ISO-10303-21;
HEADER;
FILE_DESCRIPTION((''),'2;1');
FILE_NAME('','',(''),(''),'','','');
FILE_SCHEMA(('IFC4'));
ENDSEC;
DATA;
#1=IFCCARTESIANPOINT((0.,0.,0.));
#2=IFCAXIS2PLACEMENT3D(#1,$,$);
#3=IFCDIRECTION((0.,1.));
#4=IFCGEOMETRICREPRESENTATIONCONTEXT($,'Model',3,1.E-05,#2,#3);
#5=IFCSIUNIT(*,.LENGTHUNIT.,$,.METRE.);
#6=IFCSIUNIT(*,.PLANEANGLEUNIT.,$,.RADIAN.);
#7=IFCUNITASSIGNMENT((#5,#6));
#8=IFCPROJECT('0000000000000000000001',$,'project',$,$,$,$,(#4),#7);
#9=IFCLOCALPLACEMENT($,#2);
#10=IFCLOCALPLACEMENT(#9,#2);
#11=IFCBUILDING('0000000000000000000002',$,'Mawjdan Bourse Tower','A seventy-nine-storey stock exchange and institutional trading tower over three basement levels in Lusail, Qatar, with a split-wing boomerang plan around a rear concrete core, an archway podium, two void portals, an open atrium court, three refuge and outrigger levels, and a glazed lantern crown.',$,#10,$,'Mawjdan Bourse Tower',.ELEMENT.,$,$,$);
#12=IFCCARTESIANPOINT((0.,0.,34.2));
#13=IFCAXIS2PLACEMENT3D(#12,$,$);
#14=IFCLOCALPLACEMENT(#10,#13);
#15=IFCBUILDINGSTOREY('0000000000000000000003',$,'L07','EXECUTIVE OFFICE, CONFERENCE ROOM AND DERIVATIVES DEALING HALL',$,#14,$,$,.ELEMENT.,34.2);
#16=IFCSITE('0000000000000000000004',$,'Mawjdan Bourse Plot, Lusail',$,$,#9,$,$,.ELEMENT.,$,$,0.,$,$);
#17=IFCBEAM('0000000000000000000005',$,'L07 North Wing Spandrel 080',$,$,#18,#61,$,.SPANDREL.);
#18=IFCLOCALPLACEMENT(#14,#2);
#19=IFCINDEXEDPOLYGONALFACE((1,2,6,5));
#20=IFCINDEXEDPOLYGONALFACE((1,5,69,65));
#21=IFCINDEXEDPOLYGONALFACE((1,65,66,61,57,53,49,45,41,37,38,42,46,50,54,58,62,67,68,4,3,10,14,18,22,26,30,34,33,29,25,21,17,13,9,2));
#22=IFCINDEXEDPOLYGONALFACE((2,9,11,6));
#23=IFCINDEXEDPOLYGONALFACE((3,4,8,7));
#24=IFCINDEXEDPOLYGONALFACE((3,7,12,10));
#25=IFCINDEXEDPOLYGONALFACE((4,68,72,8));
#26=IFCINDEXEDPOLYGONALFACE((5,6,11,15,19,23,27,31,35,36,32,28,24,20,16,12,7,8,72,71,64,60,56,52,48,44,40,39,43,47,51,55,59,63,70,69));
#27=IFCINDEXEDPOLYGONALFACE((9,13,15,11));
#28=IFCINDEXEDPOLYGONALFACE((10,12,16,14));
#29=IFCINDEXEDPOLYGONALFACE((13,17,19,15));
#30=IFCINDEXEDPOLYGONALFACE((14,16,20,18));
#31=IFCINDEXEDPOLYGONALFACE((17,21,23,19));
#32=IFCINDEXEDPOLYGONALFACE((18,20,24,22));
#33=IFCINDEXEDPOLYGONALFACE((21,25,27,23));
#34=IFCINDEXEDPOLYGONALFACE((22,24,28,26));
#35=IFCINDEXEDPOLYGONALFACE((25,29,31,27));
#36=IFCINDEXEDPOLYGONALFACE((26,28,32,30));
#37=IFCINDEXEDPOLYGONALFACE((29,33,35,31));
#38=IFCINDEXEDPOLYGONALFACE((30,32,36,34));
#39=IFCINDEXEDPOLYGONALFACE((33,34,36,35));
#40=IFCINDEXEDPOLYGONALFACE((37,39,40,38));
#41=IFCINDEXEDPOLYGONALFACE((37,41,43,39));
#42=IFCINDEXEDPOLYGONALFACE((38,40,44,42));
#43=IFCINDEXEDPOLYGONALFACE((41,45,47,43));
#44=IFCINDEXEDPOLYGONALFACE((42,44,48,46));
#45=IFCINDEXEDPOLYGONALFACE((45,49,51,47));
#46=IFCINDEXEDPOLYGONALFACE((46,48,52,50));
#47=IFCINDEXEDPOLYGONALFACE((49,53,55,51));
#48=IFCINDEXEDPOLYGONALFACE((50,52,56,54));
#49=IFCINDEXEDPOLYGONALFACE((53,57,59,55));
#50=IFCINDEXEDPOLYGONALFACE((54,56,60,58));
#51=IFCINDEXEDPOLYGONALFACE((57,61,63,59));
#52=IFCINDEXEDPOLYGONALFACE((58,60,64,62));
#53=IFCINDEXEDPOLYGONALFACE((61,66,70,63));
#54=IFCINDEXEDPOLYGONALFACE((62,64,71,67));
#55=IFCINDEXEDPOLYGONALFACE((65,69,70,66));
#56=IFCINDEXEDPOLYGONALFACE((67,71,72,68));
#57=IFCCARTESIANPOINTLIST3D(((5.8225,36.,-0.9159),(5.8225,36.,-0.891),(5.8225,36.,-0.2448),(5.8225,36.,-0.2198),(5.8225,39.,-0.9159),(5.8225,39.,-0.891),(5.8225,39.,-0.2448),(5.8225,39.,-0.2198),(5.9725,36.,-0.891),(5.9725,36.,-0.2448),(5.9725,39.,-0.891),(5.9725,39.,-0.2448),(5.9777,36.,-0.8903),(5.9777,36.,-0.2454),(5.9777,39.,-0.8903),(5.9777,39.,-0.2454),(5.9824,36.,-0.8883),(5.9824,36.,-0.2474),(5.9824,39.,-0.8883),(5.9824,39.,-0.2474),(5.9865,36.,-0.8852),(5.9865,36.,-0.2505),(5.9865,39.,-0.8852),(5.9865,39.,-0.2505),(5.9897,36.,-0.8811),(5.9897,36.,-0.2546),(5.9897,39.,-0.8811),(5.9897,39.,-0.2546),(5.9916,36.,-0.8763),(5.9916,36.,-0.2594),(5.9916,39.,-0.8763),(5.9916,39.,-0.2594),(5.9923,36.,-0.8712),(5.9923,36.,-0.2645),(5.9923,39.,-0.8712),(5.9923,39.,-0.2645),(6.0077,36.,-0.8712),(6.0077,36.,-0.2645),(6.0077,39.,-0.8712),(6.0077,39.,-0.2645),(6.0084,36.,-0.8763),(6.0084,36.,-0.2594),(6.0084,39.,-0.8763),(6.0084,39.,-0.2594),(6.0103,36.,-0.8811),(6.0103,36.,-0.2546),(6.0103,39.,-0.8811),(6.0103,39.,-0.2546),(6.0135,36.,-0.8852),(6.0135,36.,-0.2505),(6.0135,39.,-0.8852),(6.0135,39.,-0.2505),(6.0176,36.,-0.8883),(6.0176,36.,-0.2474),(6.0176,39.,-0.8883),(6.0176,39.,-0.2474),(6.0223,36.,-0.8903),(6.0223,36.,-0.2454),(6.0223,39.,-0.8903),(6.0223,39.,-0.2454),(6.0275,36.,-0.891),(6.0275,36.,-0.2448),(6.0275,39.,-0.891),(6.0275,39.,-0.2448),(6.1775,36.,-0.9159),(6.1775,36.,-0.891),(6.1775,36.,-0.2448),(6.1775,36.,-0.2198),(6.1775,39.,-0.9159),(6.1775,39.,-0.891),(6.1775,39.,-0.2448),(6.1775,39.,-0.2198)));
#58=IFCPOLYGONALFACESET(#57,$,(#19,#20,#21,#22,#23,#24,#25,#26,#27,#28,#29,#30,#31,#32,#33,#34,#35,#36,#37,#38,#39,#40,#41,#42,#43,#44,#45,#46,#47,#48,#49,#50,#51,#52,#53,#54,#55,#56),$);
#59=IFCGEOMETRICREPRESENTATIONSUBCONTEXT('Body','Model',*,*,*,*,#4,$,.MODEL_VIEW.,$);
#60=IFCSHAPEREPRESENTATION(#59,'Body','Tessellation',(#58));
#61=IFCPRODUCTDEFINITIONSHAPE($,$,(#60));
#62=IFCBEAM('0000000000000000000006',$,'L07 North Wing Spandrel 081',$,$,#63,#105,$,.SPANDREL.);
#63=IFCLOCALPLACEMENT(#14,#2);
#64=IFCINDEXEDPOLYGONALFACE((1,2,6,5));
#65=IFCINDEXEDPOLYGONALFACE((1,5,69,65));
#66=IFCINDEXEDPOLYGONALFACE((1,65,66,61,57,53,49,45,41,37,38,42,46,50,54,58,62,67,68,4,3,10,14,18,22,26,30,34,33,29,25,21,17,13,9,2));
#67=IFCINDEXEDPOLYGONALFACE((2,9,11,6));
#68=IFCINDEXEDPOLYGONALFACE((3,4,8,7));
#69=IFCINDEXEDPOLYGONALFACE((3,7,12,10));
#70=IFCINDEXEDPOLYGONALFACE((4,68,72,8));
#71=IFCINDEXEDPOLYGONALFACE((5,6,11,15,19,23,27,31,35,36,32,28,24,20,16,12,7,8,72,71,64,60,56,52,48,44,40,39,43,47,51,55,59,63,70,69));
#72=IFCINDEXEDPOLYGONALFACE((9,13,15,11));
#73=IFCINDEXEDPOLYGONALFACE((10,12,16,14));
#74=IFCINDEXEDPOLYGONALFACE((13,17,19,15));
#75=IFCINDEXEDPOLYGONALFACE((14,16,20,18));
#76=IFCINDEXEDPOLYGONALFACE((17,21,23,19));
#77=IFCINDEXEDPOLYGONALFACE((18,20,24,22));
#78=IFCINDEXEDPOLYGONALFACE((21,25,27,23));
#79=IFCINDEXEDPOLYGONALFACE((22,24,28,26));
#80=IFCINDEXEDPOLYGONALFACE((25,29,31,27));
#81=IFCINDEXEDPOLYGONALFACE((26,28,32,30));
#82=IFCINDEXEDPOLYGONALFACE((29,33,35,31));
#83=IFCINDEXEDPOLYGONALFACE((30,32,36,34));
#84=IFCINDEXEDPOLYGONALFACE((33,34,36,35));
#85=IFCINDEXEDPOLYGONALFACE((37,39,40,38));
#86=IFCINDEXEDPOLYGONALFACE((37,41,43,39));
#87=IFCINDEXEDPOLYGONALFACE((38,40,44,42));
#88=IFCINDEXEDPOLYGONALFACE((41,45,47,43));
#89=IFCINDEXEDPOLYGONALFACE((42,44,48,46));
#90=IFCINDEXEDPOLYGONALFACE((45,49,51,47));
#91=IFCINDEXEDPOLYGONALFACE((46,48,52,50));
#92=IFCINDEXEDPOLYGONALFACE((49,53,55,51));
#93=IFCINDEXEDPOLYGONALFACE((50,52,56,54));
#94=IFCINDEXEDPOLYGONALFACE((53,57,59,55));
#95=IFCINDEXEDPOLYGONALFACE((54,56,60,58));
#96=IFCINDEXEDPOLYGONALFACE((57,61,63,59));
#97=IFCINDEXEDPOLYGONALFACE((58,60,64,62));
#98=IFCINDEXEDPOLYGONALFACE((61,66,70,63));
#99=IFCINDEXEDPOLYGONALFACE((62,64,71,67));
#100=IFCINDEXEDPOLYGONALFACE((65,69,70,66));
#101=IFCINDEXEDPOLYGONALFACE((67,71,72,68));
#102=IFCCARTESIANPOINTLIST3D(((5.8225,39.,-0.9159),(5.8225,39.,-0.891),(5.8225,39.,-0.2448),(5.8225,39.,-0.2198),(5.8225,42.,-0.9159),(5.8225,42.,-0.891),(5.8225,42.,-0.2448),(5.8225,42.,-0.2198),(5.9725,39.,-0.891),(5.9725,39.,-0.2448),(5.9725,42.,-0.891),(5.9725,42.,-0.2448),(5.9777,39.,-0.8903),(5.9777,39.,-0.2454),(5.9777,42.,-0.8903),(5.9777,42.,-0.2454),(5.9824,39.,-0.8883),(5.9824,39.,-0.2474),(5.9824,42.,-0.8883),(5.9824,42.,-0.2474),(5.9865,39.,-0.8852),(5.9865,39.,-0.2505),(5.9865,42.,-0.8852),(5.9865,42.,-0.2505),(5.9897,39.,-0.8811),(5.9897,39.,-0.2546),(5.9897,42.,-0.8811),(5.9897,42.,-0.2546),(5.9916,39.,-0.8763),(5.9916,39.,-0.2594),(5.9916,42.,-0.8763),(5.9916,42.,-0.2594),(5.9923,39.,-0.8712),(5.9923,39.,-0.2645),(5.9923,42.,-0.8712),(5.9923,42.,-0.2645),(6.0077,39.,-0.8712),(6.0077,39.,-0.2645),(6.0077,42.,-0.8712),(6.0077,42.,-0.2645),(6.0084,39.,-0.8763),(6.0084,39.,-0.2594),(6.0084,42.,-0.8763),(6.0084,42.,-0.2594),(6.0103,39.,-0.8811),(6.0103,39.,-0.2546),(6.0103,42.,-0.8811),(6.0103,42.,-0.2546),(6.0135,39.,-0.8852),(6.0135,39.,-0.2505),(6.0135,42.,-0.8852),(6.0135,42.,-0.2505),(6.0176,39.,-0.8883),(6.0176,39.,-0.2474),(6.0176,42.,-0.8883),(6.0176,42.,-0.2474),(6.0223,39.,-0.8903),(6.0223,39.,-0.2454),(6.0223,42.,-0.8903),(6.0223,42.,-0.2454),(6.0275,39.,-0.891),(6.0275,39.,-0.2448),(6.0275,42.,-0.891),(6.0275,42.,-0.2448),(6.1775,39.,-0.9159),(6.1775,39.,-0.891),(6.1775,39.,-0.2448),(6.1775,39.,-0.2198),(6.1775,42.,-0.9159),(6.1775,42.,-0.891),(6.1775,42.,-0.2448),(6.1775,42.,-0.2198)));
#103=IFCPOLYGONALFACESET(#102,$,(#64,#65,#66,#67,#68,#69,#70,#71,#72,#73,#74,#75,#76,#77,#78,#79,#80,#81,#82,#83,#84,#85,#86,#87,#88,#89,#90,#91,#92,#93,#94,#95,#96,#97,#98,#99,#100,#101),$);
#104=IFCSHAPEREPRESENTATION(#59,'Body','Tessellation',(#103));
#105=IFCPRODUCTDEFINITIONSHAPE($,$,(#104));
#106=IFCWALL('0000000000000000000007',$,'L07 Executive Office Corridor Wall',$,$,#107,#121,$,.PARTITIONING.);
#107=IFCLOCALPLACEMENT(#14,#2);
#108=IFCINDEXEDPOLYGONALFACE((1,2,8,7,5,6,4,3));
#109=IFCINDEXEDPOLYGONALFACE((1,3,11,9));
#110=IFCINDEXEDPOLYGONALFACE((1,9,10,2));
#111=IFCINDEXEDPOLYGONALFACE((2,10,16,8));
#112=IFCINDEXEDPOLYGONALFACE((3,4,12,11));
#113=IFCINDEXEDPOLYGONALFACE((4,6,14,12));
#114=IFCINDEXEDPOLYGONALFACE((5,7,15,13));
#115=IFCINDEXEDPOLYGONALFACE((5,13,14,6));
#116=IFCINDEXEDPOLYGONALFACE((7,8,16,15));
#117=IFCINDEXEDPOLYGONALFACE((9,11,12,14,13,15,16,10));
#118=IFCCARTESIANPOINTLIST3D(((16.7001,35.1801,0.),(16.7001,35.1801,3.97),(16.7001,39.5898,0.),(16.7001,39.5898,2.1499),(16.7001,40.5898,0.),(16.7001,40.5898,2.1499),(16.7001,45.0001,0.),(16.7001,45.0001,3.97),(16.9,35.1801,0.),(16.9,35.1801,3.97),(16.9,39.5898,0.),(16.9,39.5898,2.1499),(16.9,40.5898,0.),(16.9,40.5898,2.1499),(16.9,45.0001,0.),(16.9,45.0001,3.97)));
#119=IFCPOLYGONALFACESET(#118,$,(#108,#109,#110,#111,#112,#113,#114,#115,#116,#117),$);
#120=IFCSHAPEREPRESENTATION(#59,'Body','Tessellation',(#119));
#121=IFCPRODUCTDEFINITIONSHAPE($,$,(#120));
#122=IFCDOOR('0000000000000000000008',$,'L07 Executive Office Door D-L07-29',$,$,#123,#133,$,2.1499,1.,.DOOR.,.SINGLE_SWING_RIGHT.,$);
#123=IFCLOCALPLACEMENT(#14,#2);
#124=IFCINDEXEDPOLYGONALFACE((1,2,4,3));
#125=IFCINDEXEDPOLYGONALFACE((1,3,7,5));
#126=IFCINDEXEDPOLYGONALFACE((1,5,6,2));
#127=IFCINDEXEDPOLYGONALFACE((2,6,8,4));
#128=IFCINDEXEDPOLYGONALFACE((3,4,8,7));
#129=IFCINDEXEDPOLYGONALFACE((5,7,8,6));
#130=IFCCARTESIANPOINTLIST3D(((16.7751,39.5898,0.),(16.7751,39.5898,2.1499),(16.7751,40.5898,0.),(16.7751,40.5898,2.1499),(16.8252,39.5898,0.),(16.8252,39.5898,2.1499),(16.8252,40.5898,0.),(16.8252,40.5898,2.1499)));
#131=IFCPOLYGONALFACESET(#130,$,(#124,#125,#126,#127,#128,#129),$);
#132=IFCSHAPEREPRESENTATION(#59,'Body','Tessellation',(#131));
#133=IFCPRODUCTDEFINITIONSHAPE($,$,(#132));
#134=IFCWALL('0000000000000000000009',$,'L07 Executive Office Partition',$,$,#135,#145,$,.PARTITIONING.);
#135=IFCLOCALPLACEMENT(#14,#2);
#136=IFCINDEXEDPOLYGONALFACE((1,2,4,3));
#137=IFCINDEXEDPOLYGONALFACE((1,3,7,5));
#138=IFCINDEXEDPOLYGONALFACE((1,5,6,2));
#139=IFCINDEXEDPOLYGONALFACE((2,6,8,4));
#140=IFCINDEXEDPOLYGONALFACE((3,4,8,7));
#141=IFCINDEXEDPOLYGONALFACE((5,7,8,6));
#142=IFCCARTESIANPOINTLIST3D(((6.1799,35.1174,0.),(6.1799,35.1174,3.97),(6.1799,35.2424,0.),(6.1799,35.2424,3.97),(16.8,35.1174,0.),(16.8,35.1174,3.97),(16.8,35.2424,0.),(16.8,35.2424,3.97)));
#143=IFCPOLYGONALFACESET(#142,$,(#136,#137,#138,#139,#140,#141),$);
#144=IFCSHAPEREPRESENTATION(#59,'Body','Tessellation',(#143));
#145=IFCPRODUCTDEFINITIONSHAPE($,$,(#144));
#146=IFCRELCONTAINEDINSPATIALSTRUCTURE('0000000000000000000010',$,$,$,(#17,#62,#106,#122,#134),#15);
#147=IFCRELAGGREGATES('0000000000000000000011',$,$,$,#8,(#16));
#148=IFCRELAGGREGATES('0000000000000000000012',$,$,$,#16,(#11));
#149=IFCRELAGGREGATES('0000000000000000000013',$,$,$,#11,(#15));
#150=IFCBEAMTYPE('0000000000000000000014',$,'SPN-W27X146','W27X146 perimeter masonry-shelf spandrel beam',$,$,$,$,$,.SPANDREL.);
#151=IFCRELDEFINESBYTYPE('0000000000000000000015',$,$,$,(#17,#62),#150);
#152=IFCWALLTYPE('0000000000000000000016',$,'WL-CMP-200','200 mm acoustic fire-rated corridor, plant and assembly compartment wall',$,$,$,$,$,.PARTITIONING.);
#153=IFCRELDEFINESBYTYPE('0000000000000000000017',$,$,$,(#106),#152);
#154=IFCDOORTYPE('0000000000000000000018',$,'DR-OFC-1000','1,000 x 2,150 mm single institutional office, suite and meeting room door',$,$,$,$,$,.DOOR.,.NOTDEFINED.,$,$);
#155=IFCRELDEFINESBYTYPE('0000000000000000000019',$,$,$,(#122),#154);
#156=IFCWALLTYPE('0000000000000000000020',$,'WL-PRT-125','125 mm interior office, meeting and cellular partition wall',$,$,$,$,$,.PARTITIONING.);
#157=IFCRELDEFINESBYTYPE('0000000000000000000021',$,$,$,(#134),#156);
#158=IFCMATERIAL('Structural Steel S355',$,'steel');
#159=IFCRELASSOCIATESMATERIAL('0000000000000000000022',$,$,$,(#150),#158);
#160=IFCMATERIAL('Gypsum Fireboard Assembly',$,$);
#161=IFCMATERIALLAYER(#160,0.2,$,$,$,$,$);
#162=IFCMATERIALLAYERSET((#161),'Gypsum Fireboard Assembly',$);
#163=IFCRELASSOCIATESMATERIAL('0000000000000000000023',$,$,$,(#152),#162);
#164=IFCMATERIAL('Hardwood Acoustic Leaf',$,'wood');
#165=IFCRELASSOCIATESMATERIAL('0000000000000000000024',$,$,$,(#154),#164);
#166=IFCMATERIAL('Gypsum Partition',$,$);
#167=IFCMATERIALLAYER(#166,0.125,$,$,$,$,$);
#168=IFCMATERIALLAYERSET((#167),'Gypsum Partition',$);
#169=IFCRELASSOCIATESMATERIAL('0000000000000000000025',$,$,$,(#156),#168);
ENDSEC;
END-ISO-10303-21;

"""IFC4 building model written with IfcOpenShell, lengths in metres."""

from ifc_helpers import new_model, si_unit, direction, frame, frame_2d, origin, origin_2d, place, context, subcontext, project, spatial, rectangle, i_section, extrude, material, layer, layer_set, material_profile, profile_set, type_object, element, fill, save


model = new_model("IFC4")

# Units and contexts
model_context = context("Model", 3, precision=1e-05, world=origin(), true_north=direction((0.0, 1.0)))
body_context = subcontext(model_context, "Body", "Model", "MODEL_VIEW")
ifc_project = project(units=[si_unit("LENGTHUNIT", "METRE"), si_unit("PLANEANGLEUNIT", "RADIAN")], contexts=[model_context])

# Site, building, storey
site_placement = place(None, origin())
site = spatial("IfcSite", under=ifc_project, at=site_placement, Name="Mawjdan Bourse Plot, Lusail", CompositionType="ELEMENT", RefElevation=0.0)
building_placement = place(site_placement, origin())
building = spatial("IfcBuilding", under=site, at=building_placement, Name="Mawjdan Bourse Tower", Description="A seventy-nine-storey stock exchange and institutional trading tower over three basement levels in Lusail, Qatar, with a split-wing boomerang plan around a rear concrete core, an archway podium, two void portals, an open atrium court, three refuge and outrigger levels, and a glazed lantern crown.", LongName="Mawjdan Bourse Tower", CompositionType="ELEMENT")
storey_placement = place(building_placement, frame((0.0, 0.0, 34.2)))
storey = spatial("IfcBuildingStorey", under=building, at=storey_placement, Name="L07", Description="EXECUTIVE OFFICE, CONFERENCE ROOM AND DERIVATIVES DEALING HALL", CompositionType="ELEMENT", Elevation=34.2)

# Beams
ifc_material_1 = material(Name="Structural Steel S355", Category="steel")
ifc_material_profile_1 = material_profile(ifc_material_1, i_section(OverallWidth=0.355, OverallDepth=0.696, WebThickness=0.0154, FlangeThickness=0.0249, FilletRadius=0.0198, at=origin_2d()), Name="W27X146")
ifc_profile_set_1 = profile_set([ifc_material_profile_1], Name="Structural Steel S355")
beam_type_1 = type_object("IfcBeamType", Name="SPN-W27X146", Description="W27X146 perimeter masonry-shelf spandrel beam", PredefinedType="SPANDREL", material=ifc_profile_set_1)
for number, where, z_axis, x_axis, name in (
    (1, (6.0, 36.0, -0.5679), (0.0, 1.0, 0.0), (-1.0, 0.0, 0.0), "L07 North Wing Spandrel 080"),
    (2, (6.0, 39.0, -0.5679), (0.0, 1.0, 0.0), (-1.0, 0.0, 0.0), "L07 North Wing Spandrel 081"),
):
    element("IfcBeam", number, at=place(storey_placement, frame(where, z_axis=z_axis, x_axis=x_axis)), inside=storey, type_object=beam_type_1, Name=name, PredefinedType="SPANDREL", context=body_context, shape_type="SweptSolid", body=[
        extrude(i_section(OverallWidth=0.355, OverallDepth=0.696, WebThickness=0.0154, FlangeThickness=0.0249, FilletRadius=0.0198, at=origin_2d()), origin(), (0.0, 0.0, 1.0), 3.0),
    ])

# Wall, opening, door
ifc_material_2 = material(Name="Gypsum Fireboard Assembly")
ifc_layer_1 = layer(ifc_material_2, 0.2)
ifc_layer_set_1 = layer_set([ifc_layer_1], Name="Gypsum Fireboard Assembly")
wall_type_1 = type_object("IfcWallType", Name="WL-CMP-200", Description="200 mm acoustic fire-rated corridor, plant and assembly compartment wall", PredefinedType="PARTITIONING", material=ifc_layer_set_1)
wall_1_placement = place(storey_placement, frame((16.8, 35.1799, 0.0), z_axis=(0.0, 0.0, 1.0), x_axis=(0.0, 1.0, 0.0)))
wall_1 = element("IfcWall", 3, at=wall_1_placement, inside=storey, type_object=wall_type_1, Name="L07 Executive Office Corridor Wall", PredefinedType="PARTITIONING", context=body_context, shape_type="SweptSolid", body=[
    extrude(rectangle(XDim=9.8201, YDim=0.2, at=frame_2d((4.9102, 0.0))), origin(), (0.0, 0.0, 1.0), 3.97),
])
opening_placement = place(wall_1_placement, frame((4.4099, 0.0, 0.0)))
opening = element("IfcOpeningElement", 4, at=opening_placement, cuts=wall_1, PredefinedType="OPENING", context=body_context, shape_type="SweptSolid", body=[
    extrude(rectangle(XDim=1.0, YDim=2.1499, at=frame_2d((0.5, 1.075))), frame((0.0, 0.1099, 0.0), z_axis=(0.0, -1.0, 0.0), x_axis=(1.0, 0.0, 0.0)), (0.0, 0.0, 1.0), 0.22),
])
ifc_material_3 = material(Name="Hardwood Acoustic Leaf", Category="wood")
door_type = type_object("IfcDoorType", Name="DR-OFC-1000", Description="1,000 x 2,150 mm single institutional office, suite and meeting room door", OperationType="NOTDEFINED", PredefinedType="DOOR", material=ifc_material_3)
door_placement = place(opening_placement, origin())
door = element("IfcDoor", 5, at=door_placement, inside=storey, type_object=door_type, Name="L07 Executive Office Door D-L07-29", OperationType="SINGLE_SWING_RIGHT", OverallHeight=2.1499, OverallWidth=1.0, PredefinedType="DOOR", context=body_context, shape_type="SweptSolid", body=[
    extrude(rectangle(XDim=1.0, YDim=2.1499, at=frame_2d((0.5, 1.075))), frame((0.0, 0.0249, 0.0), z_axis=(0.0, -1.0, 0.0), x_axis=(1.0, 0.0, 0.0)), (0.0, 0.0, 1.0), 0.05),
])
fill(opening, door)

# Wall
ifc_material_4 = material(Name="Gypsum Partition")
ifc_layer_2 = layer(ifc_material_4, 0.125)
ifc_layer_set_2 = layer_set([ifc_layer_2], Name="Gypsum Partition")
wall_type_2 = type_object("IfcWallType", Name="WL-PRT-125", Description="125 mm interior office, meeting and cellular partition wall", PredefinedType="PARTITIONING", material=ifc_layer_set_2)
wall_2_placement = place(storey_placement, frame((6.1799, 35.1799, 0.0), z_axis=(0.0, 0.0, 1.0), x_axis=(1.0, 0.0, 0.0)))
element("IfcWall", 6, at=wall_2_placement, inside=storey, type_object=wall_type_2, Name="L07 Executive Office Partition", PredefinedType="PARTITIONING", context=body_context, shape_type="SweptSolid", body=[
    extrude(rectangle(XDim=10.6201, YDim=0.125, at=frame_2d((5.3101, 0.0))), origin(), (0.0, 0.0, 1.0), 3.97),
])

save(model, "model.ifc")
